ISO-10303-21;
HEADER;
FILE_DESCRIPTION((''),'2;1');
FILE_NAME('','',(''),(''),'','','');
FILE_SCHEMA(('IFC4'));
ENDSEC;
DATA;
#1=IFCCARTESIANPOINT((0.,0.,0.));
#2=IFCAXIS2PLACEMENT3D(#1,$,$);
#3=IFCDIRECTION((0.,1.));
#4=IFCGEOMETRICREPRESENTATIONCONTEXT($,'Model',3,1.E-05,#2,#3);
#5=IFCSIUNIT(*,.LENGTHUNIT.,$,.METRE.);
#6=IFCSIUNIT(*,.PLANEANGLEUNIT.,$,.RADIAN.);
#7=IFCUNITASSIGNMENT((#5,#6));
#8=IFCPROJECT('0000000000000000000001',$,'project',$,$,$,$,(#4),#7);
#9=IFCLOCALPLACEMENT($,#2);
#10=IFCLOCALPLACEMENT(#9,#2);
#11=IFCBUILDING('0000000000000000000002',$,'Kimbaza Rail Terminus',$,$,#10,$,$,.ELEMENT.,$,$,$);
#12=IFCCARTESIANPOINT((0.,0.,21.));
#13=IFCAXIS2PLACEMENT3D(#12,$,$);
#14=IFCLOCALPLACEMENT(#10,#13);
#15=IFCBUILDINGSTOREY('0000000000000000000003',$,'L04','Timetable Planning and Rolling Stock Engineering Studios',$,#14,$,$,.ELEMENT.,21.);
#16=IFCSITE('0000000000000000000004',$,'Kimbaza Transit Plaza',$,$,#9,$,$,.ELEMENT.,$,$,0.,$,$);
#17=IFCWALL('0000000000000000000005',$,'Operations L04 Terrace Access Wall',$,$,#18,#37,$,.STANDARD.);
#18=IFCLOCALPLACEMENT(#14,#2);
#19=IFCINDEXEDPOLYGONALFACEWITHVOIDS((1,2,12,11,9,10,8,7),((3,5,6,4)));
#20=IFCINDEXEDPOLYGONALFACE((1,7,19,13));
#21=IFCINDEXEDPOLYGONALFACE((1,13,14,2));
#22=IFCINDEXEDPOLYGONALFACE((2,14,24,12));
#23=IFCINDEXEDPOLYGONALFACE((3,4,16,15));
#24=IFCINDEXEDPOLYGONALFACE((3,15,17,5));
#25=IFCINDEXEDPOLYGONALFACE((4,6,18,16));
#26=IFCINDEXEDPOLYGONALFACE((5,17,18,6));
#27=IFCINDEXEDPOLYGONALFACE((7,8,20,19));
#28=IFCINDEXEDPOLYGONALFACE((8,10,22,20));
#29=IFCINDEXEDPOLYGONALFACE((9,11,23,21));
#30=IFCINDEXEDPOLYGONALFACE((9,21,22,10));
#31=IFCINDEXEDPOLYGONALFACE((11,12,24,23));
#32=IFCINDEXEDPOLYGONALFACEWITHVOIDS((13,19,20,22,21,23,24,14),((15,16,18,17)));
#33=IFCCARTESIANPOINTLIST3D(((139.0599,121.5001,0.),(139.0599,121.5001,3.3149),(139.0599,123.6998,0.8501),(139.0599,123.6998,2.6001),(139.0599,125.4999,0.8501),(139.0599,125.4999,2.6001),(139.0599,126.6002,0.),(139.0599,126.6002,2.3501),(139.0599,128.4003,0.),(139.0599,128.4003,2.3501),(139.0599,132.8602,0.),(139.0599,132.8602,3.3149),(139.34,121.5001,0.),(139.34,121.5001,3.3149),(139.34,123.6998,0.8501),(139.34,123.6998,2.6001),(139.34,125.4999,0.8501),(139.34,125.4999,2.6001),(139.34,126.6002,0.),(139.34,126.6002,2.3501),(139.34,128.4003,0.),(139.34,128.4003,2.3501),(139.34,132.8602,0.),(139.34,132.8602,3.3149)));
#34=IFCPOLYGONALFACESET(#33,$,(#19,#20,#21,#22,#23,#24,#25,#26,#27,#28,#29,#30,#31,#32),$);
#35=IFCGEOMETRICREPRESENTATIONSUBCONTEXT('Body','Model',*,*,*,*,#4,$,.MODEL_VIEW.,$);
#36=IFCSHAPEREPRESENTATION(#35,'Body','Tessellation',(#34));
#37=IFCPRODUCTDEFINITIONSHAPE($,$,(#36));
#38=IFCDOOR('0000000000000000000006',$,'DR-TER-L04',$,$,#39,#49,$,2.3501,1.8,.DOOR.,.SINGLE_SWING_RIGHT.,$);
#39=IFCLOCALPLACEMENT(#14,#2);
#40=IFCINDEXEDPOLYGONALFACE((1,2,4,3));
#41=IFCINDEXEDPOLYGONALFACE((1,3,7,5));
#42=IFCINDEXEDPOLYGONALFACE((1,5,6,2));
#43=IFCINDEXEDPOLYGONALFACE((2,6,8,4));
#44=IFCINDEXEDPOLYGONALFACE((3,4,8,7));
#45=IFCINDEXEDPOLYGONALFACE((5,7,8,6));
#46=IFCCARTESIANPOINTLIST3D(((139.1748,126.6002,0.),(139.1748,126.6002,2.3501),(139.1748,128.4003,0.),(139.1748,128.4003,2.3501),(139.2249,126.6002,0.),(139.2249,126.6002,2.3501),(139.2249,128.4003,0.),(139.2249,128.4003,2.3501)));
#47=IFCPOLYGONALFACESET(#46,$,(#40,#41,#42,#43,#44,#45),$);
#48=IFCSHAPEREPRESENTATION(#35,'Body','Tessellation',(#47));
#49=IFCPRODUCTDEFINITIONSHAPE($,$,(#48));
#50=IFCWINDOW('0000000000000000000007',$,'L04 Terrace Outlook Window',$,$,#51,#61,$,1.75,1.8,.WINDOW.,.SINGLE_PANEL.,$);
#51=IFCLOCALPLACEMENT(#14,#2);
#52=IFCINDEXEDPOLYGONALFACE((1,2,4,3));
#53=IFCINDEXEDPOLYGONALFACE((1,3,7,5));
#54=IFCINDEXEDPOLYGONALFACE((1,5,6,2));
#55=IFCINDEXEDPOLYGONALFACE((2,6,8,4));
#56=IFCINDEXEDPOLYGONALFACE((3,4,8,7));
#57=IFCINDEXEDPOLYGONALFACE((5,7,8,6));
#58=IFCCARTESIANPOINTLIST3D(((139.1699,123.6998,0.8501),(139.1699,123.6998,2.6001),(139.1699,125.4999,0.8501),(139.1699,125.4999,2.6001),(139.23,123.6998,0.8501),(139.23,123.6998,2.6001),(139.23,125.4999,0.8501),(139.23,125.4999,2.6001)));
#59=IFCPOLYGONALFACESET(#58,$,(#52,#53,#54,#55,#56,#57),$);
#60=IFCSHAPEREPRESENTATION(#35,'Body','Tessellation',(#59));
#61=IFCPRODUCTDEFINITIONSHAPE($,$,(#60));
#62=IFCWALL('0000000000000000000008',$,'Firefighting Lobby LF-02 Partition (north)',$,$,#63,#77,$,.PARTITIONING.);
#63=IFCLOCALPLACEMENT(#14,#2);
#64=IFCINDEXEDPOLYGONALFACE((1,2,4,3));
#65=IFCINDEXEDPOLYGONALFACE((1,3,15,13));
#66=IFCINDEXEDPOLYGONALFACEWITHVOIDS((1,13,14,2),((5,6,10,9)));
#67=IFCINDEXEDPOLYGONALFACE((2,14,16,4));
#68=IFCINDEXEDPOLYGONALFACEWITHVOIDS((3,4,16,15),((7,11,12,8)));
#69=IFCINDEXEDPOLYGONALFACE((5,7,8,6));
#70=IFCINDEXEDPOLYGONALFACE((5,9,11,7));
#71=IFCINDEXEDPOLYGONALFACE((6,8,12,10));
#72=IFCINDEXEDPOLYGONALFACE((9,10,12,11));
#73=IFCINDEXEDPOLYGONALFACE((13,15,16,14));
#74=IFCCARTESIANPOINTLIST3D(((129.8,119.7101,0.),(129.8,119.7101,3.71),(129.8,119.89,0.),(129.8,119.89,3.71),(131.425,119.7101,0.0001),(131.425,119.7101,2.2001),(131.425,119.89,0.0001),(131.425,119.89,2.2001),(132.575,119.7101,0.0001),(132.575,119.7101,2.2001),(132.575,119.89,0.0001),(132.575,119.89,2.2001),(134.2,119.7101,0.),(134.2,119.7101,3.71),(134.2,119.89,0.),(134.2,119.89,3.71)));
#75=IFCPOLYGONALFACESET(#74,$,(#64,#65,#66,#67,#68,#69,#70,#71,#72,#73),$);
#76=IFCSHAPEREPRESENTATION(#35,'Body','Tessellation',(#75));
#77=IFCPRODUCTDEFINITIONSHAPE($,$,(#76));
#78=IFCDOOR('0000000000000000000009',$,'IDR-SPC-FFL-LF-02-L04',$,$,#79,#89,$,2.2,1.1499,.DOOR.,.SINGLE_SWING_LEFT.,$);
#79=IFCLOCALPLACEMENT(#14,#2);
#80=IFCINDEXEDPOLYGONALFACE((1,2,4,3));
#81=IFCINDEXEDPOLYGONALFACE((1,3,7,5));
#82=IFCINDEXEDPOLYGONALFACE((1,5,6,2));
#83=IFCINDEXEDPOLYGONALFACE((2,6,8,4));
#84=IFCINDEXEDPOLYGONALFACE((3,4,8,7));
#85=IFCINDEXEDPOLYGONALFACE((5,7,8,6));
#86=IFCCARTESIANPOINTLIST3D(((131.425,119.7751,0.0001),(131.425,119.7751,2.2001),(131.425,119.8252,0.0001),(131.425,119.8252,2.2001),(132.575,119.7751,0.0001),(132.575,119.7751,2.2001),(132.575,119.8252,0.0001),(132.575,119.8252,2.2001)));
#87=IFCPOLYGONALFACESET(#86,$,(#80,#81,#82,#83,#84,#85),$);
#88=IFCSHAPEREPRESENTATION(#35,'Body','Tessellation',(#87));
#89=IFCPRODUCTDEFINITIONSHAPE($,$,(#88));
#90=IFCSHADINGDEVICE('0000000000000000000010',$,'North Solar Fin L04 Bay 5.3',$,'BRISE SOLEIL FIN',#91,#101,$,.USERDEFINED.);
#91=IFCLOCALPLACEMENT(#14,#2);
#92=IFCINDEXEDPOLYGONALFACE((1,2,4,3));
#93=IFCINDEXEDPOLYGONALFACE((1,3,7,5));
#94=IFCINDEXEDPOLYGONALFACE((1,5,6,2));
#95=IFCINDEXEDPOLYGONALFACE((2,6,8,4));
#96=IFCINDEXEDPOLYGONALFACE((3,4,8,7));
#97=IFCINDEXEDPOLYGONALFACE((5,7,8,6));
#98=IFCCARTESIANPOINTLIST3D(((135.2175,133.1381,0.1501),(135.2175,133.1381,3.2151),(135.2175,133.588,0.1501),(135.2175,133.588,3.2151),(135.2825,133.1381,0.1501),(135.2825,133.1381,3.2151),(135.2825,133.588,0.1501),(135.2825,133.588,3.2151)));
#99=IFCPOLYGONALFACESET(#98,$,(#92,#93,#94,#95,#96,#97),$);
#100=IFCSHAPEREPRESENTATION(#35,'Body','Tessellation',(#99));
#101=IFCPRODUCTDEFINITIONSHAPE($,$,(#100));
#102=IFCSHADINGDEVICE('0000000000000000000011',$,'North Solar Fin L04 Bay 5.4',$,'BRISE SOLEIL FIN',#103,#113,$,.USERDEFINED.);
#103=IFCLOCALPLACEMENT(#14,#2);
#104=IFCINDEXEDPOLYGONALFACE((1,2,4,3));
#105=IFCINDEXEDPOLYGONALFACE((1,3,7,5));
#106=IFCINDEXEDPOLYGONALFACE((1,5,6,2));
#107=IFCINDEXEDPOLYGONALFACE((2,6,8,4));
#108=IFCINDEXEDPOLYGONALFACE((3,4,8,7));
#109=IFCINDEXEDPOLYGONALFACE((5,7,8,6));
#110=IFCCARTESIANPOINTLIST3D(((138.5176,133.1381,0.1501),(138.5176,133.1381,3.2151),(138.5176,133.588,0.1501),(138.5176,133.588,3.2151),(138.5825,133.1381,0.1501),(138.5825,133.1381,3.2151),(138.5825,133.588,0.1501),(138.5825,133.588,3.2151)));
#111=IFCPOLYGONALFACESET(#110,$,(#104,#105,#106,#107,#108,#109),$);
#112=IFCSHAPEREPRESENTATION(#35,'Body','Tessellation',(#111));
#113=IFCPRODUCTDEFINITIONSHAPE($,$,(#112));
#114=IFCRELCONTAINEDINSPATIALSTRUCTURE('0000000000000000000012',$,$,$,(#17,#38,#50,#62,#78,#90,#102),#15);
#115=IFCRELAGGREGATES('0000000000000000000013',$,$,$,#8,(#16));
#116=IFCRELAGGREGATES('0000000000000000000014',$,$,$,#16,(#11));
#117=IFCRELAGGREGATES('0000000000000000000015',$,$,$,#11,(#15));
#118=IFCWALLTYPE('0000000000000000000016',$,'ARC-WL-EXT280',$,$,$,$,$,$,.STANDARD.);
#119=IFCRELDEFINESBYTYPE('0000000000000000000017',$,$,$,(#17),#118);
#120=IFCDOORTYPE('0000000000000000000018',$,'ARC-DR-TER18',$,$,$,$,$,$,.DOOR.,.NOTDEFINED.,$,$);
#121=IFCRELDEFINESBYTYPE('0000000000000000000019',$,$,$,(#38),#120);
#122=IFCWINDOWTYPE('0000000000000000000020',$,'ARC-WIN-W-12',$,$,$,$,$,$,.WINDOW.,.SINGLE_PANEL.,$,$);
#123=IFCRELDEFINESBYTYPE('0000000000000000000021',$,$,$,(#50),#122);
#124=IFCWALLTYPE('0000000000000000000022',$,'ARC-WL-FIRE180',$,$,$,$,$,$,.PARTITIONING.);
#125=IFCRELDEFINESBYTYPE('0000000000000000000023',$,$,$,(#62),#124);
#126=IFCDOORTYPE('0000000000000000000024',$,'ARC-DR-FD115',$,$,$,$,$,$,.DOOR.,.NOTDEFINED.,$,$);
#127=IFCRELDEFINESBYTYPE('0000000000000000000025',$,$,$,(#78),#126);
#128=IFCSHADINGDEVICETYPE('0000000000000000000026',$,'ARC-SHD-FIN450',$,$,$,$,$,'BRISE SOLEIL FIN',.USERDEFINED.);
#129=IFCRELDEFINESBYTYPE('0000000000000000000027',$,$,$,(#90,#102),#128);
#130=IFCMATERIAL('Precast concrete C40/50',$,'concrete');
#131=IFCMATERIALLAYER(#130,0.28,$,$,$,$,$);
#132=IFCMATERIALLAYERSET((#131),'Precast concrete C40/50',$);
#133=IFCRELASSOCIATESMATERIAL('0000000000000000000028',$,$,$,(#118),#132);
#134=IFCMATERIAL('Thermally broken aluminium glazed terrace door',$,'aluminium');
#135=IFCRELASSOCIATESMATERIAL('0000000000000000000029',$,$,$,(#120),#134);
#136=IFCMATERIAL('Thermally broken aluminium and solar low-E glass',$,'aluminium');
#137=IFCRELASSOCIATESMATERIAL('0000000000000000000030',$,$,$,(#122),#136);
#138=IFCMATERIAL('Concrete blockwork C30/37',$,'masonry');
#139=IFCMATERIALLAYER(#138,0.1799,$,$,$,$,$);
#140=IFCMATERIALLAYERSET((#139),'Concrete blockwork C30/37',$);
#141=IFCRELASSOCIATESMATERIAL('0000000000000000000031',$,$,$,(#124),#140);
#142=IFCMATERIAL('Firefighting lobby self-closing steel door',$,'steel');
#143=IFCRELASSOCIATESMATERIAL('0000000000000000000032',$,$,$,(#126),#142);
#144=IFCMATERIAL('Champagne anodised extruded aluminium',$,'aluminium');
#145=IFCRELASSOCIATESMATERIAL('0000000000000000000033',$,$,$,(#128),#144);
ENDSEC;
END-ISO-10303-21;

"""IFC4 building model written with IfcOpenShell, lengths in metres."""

from ifc_helpers import new_model, si_unit, direction, frame, frame_2d, origin, origin_2d, place, context, subcontext, project, spatial, rectangle, extrude, material, layer, layer_set, type_object, element, fill, save


model = new_model("IFC4")

# Units and contexts
model_context = context("Model", 3, precision=1e-05, world=origin(), true_north=direction((0.0, 1.0)))
body_context = subcontext(model_context, "Body", "Model", "MODEL_VIEW")
ifc_project = project(units=[si_unit("LENGTHUNIT", "METRE"), si_unit("PLANEANGLEUNIT", "RADIAN")], contexts=[model_context])

# Site, building, storey
site_placement = place(None, origin())
site = spatial("IfcSite", under=ifc_project, at=site_placement, Name="Kimbaza Transit Plaza", CompositionType="ELEMENT", RefElevation=0.0)
building_placement = place(site_placement, origin())
building = spatial("IfcBuilding", under=site, at=building_placement, Name="Kimbaza Rail Terminus", CompositionType="ELEMENT")
storey_placement = place(building_placement, frame((0.0, 0.0, 21.0)))
storey = spatial("IfcBuildingStorey", under=building, at=storey_placement, Name="L04", Description="Timetable Planning and Rolling Stock Engineering Studios", CompositionType="ELEMENT", Elevation=21.0)

# Shared definitions
ifc_material_1 = material(Name="Precast concrete C40/50", Category="concrete")
ifc_layer_1 = layer(ifc_material_1, 0.28)
ifc_layer_set_1 = layer_set([ifc_layer_1], Name="Precast concrete C40/50")
wall_type_1 = type_object("IfcWallType", Name="ARC-WL-EXT280", PredefinedType="STANDARD", material=ifc_layer_set_1)

# Wall, openings, door, window
wall_1_placement = place(storey_placement, frame((139.2, 121.5, 0.0), z_axis=(0.0, 0.0, 1.0), x_axis=(0.0, 1.0, 0.0)))
wall_1 = element("IfcWall", 1, at=wall_1_placement, inside=storey, type_object=wall_type_1, Name="Operations L04 Terrace Access Wall", PredefinedType="STANDARD", context=body_context, shape_type="SweptSolid", body=[
    extrude(rectangle(XDim=11.3601, YDim=0.28, at=frame_2d((5.6802, 0.0))), origin(), (0.0, 0.0, 1.0), 3.3149),
])
opening_1_placement = place(wall_1_placement, frame((6.9001, 0.0, 0.0), z_axis=(0.0, 0.0, 1.0), x_axis=(-1.0, 0.0, 0.0)))
opening_1 = element("IfcOpeningElement", 2, at=opening_1_placement, cuts=wall_1, PredefinedType="OPENING", context=body_context, shape_type="SweptSolid", body=[
    extrude(rectangle(XDim=1.8, YDim=2.3501, at=frame_2d((0.8999, 1.175))), frame((0.0, 0.1499, 0.0), z_axis=(0.0, -1.0, 0.0), x_axis=(1.0, 0.0, 0.0)), (0.0, 0.0, 1.0), 0.3),
])
opening_2_placement = place(wall_1_placement, frame((2.2, 0.0, 0.8501)))
opening_2 = element("IfcOpeningElement", 3, at=opening_2_placement, cuts=wall_1, PredefinedType="OPENING", context=body_context, shape_type="SweptSolid", body=[
    extrude(rectangle(XDim=1.8, YDim=1.75, at=frame_2d((0.8999, 0.875))), frame((0.0, 0.1499, 0.0), z_axis=(0.0, -1.0, 0.0), x_axis=(1.0, 0.0, 0.0)), (0.0, 0.0, 1.0), 0.3),
])
ifc_material_2 = material(Name="Thermally broken aluminium glazed terrace door", Category="aluminium")
door_type_1 = type_object("IfcDoorType", Name="ARC-DR-TER18", OperationType="NOTDEFINED", PredefinedType="DOOR", material=ifc_material_2)
door_1_placement = place(opening_1_placement, origin())
door_1 = element("IfcDoor", 4, at=door_1_placement, inside=storey, type_object=door_type_1, Name="DR-TER-L04", OperationType="SINGLE_SWING_RIGHT", OverallHeight=2.3501, OverallWidth=1.8, PredefinedType="DOOR", context=body_context, shape_type="SweptSolid", body=[
    extrude(rectangle(XDim=1.8, YDim=2.3501, at=frame_2d((0.8999, 1.175))), frame((0.0, 0.0249, 0.0), z_axis=(0.0, -1.0, 0.0), x_axis=(1.0, 0.0, 0.0)), (0.0, 0.0, 1.0), 0.05),
])
fill(opening_1, door_1)
ifc_material_3 = material(Name="Thermally broken aluminium and solar low-E glass", Category="aluminium")
window_type_1 = type_object("IfcWindowType", Name="ARC-WIN-W-12", PartitioningType="SINGLE_PANEL", PredefinedType="WINDOW", material=ifc_material_3)
window_1_placement = place(opening_2_placement, origin())
window_1 = element("IfcWindow", 5, at=window_1_placement, inside=storey, type_object=window_type_1, Name="L04 Terrace Outlook Window", OverallHeight=1.75, OverallWidth=1.8, PartitioningType="SINGLE_PANEL", PredefinedType="WINDOW", context=body_context, shape_type="SweptSolid", body=[
    extrude(rectangle(XDim=1.8, YDim=1.75, at=frame_2d((0.8999, 0.875))), frame((0.0, 0.03, 0.0), z_axis=(0.0, -1.0, 0.0), x_axis=(1.0, 0.0, 0.0)), (0.0, 0.0, 1.0), 0.0601),
])
fill(opening_2, window_1)

# Wall, opening, door
ifc_material_4 = material(Name="Concrete blockwork C30/37", Category="masonry")
ifc_layer_2 = layer(ifc_material_4, 0.1799)
ifc_layer_set_2 = layer_set([ifc_layer_2], Name="Concrete blockwork C30/37")
wall_type_2 = type_object("IfcWallType", Name="ARC-WL-FIRE180", PredefinedType="PARTITIONING", material=ifc_layer_set_2)
wall_2_placement = place(storey_placement, frame((134.2, 119.8, 0.0), z_axis=(0.0, 0.0, 1.0), x_axis=(-1.0, 0.0, 0.0)))
wall_2 = element("IfcWall", 6, at=wall_2_placement, inside=storey, type_object=wall_type_2, Name="Firefighting Lobby LF-02 Partition (north)", PredefinedType="PARTITIONING", context=body_context, shape_type="SweptSolid", body=[
    extrude(rectangle(XDim=4.3999, YDim=0.1799, at=frame_2d((2.2, 0.0))), origin(), (0.0, 0.0, 1.0), 3.71),
])
opening_3_placement = place(wall_2_placement, frame((1.625, 0.0, 0.0)))
opening_3 = element("IfcOpeningElement", 7, at=opening_3_placement, cuts=wall_2, PredefinedType="OPENING", context=body_context, shape_type="SweptSolid", body=[
    extrude(rectangle(XDim=1.1499, YDim=2.2, at=frame_2d((0.575, 1.1001))), frame((0.0, 0.0999, 0.0), z_axis=(0.0, -1.0, 0.0), x_axis=(1.0, 0.0, 0.0)), (0.0, 0.0, 1.0), 0.2),
])
ifc_material_5 = material(Name="Firefighting lobby self-closing steel door", Category="steel")
door_type_2 = type_object("IfcDoorType", Name="ARC-DR-FD115", OperationType="NOTDEFINED", PredefinedType="DOOR", material=ifc_material_5)
door_2_placement = place(opening_3_placement, origin())
door_2 = element("IfcDoor", 8, at=door_2_placement, inside=storey, type_object=door_type_2, Name="IDR-SPC-FFL-LF-02-L04", OperationType="SINGLE_SWING_LEFT", OverallHeight=2.2, OverallWidth=1.1499, PredefinedType="DOOR", context=body_context, shape_type="SweptSolid", body=[
    extrude(rectangle(XDim=1.1499, YDim=2.2, at=frame_2d((0.575, 1.1001))), frame((0.0, 0.0249, 0.0), z_axis=(0.0, -1.0, 0.0), x_axis=(1.0, 0.0, 0.0)), (0.0, 0.0, 1.0), 0.05),
])
fill(opening_3, door_2)

# Shading devices
ifc_material_6 = material(Name="Champagne anodised extruded aluminium", Category="aluminium")
shading_device_type = type_object("IfcShadingDeviceType", Name="ARC-SHD-FIN450", ElementType="BRISE SOLEIL FIN", PredefinedType="USERDEFINED", material=ifc_material_6)
for number, where, z_axis, x_axis, name in (
    (9, (135.25, 133.363, 0.1501), (0.0, 0.0, 1.0), (1.0, 0.0, 0.0), "North Solar Fin L04 Bay 5.3"),
    (10, (138.55, 133.363, 0.1501), (0.0, 0.0, 1.0), (1.0, 0.0, 0.0), "North Solar Fin L04 Bay 5.4"),
):
    element("IfcShadingDevice", number, at=place(storey_placement, frame(where, z_axis=z_axis, x_axis=x_axis)), inside=storey, type_object=shading_device_type, Name=name, ObjectType="BRISE SOLEIL FIN", PredefinedType="USERDEFINED", context=body_context, shape_type="SweptSolid", body=[
        extrude(rectangle(XDim=0.0649, YDim=0.45, at=origin_2d()), origin(), (0.0, 0.0, 1.0), 3.0649),
    ])

save(model, "model.ifc")
